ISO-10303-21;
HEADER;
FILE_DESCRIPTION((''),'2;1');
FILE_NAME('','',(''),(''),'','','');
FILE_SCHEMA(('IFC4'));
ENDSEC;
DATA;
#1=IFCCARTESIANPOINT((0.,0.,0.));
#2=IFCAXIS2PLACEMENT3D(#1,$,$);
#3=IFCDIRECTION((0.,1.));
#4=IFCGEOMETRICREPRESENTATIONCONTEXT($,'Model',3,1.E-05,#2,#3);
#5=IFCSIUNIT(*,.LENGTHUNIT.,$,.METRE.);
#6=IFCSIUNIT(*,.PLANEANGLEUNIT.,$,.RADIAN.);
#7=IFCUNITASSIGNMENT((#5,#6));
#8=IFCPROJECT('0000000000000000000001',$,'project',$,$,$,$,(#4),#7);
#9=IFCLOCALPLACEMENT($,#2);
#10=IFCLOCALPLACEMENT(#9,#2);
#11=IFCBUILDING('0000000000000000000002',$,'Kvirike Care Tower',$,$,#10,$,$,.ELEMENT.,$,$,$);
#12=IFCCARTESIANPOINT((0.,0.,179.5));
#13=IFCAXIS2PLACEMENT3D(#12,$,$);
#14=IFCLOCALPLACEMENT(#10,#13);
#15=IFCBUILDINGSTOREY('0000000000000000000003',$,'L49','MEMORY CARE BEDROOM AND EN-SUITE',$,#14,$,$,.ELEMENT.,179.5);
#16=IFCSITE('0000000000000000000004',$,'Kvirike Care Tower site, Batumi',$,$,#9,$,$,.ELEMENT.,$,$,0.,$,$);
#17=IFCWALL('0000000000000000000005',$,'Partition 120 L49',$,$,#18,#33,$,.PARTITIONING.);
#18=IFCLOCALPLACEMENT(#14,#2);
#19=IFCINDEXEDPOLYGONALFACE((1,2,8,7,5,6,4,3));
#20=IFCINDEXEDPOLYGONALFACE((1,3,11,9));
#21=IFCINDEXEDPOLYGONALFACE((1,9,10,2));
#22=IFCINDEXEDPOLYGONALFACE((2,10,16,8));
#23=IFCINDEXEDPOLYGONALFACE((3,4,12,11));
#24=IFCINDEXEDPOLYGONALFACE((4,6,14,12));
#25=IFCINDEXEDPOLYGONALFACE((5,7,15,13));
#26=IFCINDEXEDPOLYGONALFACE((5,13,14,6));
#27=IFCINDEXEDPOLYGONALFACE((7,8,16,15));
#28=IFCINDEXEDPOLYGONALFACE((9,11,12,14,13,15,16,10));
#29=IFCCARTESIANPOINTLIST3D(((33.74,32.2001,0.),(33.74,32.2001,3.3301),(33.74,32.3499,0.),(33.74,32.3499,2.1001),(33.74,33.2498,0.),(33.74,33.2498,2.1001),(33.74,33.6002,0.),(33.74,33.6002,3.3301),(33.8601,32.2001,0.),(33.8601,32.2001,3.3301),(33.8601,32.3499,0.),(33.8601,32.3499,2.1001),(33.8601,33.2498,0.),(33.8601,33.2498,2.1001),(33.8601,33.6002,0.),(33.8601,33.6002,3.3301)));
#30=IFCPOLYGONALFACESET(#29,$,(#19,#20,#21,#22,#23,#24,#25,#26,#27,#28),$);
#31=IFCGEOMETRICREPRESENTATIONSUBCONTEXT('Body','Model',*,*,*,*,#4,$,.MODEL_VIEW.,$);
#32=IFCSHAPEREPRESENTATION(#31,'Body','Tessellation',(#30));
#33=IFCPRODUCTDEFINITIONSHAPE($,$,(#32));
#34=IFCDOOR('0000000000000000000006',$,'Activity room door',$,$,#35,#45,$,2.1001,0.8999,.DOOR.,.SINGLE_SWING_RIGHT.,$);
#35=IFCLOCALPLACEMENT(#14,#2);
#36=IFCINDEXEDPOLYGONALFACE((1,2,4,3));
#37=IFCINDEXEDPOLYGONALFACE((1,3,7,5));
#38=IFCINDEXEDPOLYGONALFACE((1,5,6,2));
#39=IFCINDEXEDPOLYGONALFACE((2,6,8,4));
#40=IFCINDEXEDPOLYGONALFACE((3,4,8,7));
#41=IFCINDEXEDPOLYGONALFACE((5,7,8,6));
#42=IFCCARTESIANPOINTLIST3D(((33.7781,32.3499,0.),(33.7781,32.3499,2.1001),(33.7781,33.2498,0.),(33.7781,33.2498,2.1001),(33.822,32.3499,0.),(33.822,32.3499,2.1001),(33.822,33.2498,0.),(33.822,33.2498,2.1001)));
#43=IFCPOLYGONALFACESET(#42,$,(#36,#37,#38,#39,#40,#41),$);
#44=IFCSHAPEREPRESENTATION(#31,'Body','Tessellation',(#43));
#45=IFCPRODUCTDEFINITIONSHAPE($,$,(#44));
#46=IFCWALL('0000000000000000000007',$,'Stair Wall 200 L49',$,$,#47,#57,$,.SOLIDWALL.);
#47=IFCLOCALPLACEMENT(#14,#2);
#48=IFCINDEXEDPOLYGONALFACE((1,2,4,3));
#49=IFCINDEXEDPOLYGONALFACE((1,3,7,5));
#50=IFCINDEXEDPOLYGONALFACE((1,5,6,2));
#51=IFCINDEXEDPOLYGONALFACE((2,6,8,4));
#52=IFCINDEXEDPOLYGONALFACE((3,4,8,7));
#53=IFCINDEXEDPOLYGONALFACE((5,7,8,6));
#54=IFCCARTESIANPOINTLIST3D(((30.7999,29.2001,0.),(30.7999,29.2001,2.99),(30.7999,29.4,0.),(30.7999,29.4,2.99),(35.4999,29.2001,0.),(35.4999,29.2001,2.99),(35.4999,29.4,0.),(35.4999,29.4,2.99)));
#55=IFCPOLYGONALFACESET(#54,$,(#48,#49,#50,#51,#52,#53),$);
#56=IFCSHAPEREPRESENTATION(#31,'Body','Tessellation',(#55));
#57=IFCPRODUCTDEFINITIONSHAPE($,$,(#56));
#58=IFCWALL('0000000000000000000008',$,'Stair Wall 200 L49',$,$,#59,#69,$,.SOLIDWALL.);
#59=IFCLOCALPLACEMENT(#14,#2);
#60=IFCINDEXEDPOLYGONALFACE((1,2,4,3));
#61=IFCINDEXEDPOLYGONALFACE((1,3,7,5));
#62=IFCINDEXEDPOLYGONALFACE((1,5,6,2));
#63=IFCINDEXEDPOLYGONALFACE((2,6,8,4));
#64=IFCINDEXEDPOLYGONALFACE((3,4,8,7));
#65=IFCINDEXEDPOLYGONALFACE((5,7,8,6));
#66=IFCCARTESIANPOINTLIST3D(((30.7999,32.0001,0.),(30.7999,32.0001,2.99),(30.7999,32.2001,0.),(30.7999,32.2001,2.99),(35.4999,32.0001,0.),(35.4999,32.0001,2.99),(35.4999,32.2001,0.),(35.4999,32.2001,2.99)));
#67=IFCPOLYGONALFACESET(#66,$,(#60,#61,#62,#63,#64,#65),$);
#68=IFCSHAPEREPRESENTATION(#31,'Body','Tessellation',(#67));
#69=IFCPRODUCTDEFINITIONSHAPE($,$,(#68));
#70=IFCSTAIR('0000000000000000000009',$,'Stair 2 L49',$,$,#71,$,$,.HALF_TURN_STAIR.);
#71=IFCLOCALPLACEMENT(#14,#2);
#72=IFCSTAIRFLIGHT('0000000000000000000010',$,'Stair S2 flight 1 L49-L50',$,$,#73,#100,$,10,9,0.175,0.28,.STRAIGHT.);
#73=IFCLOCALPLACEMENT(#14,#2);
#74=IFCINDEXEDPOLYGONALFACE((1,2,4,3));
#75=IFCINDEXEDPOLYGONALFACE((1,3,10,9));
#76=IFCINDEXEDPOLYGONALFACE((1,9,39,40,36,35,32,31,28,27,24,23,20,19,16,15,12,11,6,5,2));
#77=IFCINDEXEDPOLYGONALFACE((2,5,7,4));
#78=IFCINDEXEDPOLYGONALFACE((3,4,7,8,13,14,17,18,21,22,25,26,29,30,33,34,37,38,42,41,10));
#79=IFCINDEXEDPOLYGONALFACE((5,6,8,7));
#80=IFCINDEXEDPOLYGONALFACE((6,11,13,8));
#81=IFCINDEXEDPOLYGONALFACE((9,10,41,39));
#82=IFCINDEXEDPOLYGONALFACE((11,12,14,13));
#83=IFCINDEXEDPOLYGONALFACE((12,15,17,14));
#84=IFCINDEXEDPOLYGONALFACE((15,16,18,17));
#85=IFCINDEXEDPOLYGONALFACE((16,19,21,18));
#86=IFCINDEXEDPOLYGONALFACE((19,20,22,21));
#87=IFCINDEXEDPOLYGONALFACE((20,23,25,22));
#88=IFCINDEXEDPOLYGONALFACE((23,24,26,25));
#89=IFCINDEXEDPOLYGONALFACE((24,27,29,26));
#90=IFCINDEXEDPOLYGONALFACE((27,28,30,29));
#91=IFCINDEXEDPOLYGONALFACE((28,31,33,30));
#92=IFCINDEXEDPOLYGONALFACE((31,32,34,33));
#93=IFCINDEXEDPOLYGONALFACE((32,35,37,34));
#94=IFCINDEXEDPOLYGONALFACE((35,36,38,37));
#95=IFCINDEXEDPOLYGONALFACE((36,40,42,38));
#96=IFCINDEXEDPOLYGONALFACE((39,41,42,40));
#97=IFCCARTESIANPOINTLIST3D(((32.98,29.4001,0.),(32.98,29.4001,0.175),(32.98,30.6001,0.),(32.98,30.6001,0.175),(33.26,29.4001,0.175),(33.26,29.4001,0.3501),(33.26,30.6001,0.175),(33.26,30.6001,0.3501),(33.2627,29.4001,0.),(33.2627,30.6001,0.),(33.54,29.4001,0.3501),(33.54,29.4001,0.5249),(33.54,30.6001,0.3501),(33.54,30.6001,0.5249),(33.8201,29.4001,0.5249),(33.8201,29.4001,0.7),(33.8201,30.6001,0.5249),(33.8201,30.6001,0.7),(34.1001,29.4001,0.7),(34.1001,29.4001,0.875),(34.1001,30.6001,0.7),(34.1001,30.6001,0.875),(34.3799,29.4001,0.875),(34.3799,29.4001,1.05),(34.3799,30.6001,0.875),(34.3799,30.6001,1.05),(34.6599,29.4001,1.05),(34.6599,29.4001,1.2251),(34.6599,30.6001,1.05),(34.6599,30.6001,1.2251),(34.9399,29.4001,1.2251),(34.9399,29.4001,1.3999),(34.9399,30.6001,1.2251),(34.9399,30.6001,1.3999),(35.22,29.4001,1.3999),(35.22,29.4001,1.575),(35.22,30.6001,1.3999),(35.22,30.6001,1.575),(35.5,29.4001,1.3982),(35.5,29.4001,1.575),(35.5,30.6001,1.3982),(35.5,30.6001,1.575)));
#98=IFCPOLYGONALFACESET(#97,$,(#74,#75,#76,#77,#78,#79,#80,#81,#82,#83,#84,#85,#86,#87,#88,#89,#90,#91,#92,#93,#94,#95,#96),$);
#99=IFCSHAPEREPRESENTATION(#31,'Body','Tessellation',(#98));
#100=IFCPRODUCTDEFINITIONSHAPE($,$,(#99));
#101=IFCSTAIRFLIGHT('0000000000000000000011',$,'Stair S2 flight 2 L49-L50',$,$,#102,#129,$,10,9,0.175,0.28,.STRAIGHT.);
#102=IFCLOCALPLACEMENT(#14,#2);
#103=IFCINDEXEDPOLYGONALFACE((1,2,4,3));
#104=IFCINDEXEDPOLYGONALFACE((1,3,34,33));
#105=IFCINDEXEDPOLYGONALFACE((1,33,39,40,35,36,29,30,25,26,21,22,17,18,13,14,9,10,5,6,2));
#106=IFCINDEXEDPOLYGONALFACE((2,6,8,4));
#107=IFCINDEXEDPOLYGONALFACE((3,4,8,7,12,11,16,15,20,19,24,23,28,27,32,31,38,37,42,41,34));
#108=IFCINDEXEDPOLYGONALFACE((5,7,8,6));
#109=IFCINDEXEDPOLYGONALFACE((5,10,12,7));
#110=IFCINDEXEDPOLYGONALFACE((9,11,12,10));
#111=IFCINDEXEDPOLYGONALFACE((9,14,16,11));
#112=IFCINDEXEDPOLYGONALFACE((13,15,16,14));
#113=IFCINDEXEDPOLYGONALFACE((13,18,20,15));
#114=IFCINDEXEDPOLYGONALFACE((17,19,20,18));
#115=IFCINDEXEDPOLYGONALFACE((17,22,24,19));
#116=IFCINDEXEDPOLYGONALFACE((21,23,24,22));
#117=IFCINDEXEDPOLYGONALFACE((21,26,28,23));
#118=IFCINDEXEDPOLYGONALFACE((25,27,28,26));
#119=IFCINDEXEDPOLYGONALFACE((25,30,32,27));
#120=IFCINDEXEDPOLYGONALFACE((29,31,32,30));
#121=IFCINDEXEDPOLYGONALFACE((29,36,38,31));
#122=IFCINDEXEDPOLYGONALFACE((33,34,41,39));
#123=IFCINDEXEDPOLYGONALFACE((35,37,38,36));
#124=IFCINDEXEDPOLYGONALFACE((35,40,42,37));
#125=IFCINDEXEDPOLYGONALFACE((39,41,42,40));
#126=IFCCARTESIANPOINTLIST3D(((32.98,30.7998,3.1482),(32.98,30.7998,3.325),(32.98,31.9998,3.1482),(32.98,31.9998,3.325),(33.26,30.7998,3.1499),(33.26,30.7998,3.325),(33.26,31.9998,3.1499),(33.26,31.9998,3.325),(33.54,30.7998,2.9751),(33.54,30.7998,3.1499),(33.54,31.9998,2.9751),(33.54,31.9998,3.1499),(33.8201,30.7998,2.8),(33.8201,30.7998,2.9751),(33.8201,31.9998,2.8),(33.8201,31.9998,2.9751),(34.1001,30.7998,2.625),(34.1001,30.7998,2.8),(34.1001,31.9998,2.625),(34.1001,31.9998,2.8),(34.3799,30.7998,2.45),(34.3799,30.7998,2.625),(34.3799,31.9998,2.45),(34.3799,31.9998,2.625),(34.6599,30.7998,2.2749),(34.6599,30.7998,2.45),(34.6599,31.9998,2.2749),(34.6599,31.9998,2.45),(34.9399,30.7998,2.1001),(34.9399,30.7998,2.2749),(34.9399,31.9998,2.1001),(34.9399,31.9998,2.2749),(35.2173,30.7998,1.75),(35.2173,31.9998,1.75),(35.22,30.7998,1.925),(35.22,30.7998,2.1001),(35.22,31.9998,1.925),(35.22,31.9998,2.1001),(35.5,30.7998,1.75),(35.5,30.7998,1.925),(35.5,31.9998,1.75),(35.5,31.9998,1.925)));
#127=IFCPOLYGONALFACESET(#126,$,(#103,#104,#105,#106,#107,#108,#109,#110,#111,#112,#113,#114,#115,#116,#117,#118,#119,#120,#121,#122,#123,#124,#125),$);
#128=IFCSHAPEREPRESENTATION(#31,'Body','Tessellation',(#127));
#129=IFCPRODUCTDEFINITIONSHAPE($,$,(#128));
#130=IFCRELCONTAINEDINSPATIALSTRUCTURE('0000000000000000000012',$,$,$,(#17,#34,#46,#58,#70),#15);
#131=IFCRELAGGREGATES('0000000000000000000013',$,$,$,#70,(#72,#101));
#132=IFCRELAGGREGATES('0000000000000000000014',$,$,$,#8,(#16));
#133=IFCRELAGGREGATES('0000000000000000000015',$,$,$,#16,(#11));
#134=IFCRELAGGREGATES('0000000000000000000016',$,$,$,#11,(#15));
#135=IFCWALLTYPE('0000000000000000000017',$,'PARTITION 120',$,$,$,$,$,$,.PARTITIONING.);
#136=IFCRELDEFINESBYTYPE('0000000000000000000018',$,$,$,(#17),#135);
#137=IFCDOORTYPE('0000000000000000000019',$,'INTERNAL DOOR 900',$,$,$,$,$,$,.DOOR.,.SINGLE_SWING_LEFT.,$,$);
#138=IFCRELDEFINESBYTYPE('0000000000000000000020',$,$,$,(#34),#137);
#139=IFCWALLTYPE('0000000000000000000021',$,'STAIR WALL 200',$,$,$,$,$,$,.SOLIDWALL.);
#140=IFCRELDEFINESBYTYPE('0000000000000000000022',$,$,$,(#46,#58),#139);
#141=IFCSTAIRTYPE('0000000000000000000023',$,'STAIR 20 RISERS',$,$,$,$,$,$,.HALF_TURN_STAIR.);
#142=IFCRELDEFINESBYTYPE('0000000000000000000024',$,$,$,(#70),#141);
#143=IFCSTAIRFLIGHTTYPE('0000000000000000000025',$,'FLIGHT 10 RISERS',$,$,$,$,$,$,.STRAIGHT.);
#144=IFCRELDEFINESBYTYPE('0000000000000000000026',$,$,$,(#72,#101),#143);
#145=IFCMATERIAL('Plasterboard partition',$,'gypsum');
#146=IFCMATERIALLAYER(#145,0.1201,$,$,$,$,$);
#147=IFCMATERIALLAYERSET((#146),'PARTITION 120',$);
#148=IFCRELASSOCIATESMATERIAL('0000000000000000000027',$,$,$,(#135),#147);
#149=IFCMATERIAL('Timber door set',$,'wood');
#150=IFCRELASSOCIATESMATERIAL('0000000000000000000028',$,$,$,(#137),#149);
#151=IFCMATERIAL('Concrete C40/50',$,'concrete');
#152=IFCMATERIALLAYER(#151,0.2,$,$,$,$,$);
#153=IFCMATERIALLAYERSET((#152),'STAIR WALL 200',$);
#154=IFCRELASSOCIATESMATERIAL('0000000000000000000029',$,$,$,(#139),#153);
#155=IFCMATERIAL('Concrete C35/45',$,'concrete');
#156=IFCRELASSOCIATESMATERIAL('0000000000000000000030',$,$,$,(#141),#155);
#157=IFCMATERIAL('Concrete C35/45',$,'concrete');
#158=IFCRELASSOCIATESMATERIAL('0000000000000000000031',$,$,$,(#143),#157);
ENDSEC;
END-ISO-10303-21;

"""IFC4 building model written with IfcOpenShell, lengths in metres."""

from ifc_helpers import new_model, si_unit, direction, frame, frame_2d, origin, place, context, subcontext, project, spatial, polyline, rectangle, outline, extrude, material, layer, layer_set, type_object, element, fill, aggregate, save


model = new_model("IFC4")

# Units and contexts
model_context = context("Model", 3, precision=1e-05, world=origin(), true_north=direction((0.0, 1.0)))
body_context = subcontext(model_context, "Body", "Model", "MODEL_VIEW")
ifc_project = project(units=[si_unit("LENGTHUNIT", "METRE"), si_unit("PLANEANGLEUNIT", "RADIAN")], contexts=[model_context])

# Site, building, storey
site_placement = place(None, origin())
site = spatial("IfcSite", under=ifc_project, at=site_placement, Name="Kvirike Care Tower site, Batumi", CompositionType="ELEMENT", RefElevation=0.0)
building_placement = place(site_placement, origin())
building = spatial("IfcBuilding", under=site, at=building_placement, Name="Kvirike Care Tower", CompositionType="ELEMENT")
storey_placement = place(building_placement, frame((0.0, 0.0, 179.5)))
storey = spatial("IfcBuildingStorey", under=building, at=storey_placement, Name="L49", Description="MEMORY CARE BEDROOM AND EN-SUITE", CompositionType="ELEMENT", Elevation=179.5)

# Wall, opening, door
ifc_material_1 = material(Name="Plasterboard partition", Category="gypsum")
ifc_layer_1 = layer(ifc_material_1, 0.1201)
ifc_layer_set_1 = layer_set([ifc_layer_1], Name="PARTITION 120")
wall_type_1 = type_object("IfcWallType", Name="PARTITION 120", PredefinedType="PARTITIONING", material=ifc_layer_set_1)
wall_placement = place(storey_placement, frame((33.8, 32.2, 0.0), z_axis=(0.0, 0.0, 1.0), x_axis=(0.0, 1.0, 0.0)))
wall = element("IfcWall", 1, at=wall_placement, inside=storey, type_object=wall_type_1, Name="Partition 120 L49", PredefinedType="PARTITIONING", context=body_context, shape_type="SweptSolid", body=[
    extrude(rectangle(XDim=1.4001, YDim=0.1201, at=frame_2d((0.7002, 0.0))), origin(), (0.0, 0.0, 1.0), 3.3301),
])
opening_placement = place(wall_placement, frame((0.1499, 0.0, 0.0)))
opening = element("IfcOpeningElement", 2, at=opening_placement, cuts=wall, PredefinedType="OPENING", context=body_context, shape_type="SweptSolid", body=[
    extrude(rectangle(XDim=0.8999, YDim=2.1001, at=frame_2d((0.45, 1.05))), frame((0.0, 0.0706, 0.0), z_axis=(0.0, -1.0, 0.0), x_axis=(1.0, 0.0, 0.0)), (0.0, 0.0, 1.0), 0.1411),
])
ifc_material_2 = material(Name="Timber door set", Category="wood")
door_type = type_object("IfcDoorType", Name="INTERNAL DOOR 900", OperationType="SINGLE_SWING_LEFT", PredefinedType="DOOR", material=ifc_material_2)
door_placement = place(opening_placement, origin())
door = element("IfcDoor", 3, at=door_placement, inside=storey, type_object=door_type, Name="Activity room door", OperationType="SINGLE_SWING_RIGHT", OverallHeight=2.1001, OverallWidth=0.8999, PredefinedType="DOOR", context=body_context, shape_type="SweptSolid", body=[
    extrude(rectangle(XDim=0.8999, YDim=2.1001, at=frame_2d((0.45, 1.05))), frame((0.0, 0.022, 0.0), z_axis=(0.0, -1.0, 0.0), x_axis=(1.0, 0.0, 0.0)), (0.0, 0.0, 1.0), 0.0439),
])
fill(opening, door)

# Walls
ifc_material_3 = material(Name="Concrete C40/50", Category="concrete")
ifc_layer_2 = layer(ifc_material_3, 0.2)
ifc_layer_set_2 = layer_set([ifc_layer_2], Name="STAIR WALL 200")
wall_type_2 = type_object("IfcWallType", Name="STAIR WALL 200", PredefinedType="SOLIDWALL", material=ifc_layer_set_2)
for number, where, z_axis, x_axis, name in (
    (4, (35.5, 29.3, 0.0), (0.0, 0.0, 1.0), (-1.0, 0.0, 0.0), "Stair Wall 200 L49"),
    (5, (35.5, 32.1001, 0.0), (0.0, 0.0, 1.0), (-1.0, 0.0, 0.0), "Stair Wall 200 L49"),
):
    element("IfcWall", number, at=place(storey_placement, frame(where, z_axis=z_axis, x_axis=x_axis)), inside=storey, type_object=wall_type_2, Name=name, PredefinedType="SOLIDWALL", context=body_context, shape_type="SweptSolid", body=[
        extrude(rectangle(XDim=4.7, YDim=0.2, at=frame_2d((2.3501, 0.0))), origin(), (0.0, 0.0, 1.0), 2.99),
    ])

# Stair, stair flights
ifc_material_4 = material(Name="Concrete C35/45", Category="concrete")
stair_type = type_object("IfcStairType", Name="STAIR 20 RISERS", PredefinedType="HALF_TURN_STAIR", material=ifc_material_4)
stair_placement = place(storey_placement, origin())
stair = element("IfcStair", 6, at=stair_placement, inside=storey, type_object=stair_type, Name="Stair 2 L49", PredefinedType="HALF_TURN_STAIR")
ifc_material_5 = material(Name="Concrete C35/45", Category="concrete")
stair_flight_type = type_object("IfcStairFlightType", Name="FLIGHT 10 RISERS", PredefinedType="STRAIGHT", material=ifc_material_5)
stair_flight_1_placement = place(storey_placement, frame((32.98, 30.0, 0.0), z_axis=(0.0, 0.0, 1.0), x_axis=(1.0, 0.0, 0.0)))
stair_flight_1 = element("IfcStairFlight", 7, at=stair_flight_1_placement, type_object=stair_flight_type, Name="Stair S2 flight 1 L49-L50", NumberOfRisers=10, NumberOfTreads=9, PredefinedType="STRAIGHT", RiserHeight=0.175, TreadLength=0.28, context=body_context, shape_type="SweptSolid", body=[
    extrude(outline(polyline([(0.0, 0.0), (0.0, 0.175), (0.28, 0.175), (0.28, 0.3501), (0.5601, 0.3501), (0.5601, 0.5249), (0.8401, 0.5249), (0.8401, 0.7), (1.1201, 0.7), (1.1201, 0.875), (1.3999, 0.875), (1.3999, 1.05), (1.6799, 1.05), (1.6799, 1.2251), (1.96, 1.2251), (1.96, 1.3999), (2.24, 1.3999), (2.24, 1.575), (2.52, 1.575), (2.52, 1.75), (2.52, 1.3982), (0.2827, 0.0), (0.0, 0.0)])), frame((0.0, 0.6001, 0.0), z_axis=(0.0, -1.0, 0.0), x_axis=(1.0, 0.0, 0.0)), (0.0, 0.0, 1.0), 1.2),
])
stair_flight_2_placement = place(storey_placement, frame((35.5, 31.3999, 1.75), z_axis=(0.0, 0.0, 1.0), x_axis=(-1.0, 0.0, 0.0)))
stair_flight_2 = element("IfcStairFlight", 8, at=stair_flight_2_placement, type_object=stair_flight_type, Name="Stair S2 flight 2 L49-L50", NumberOfRisers=10, NumberOfTreads=9, PredefinedType="STRAIGHT", RiserHeight=0.175, TreadLength=0.28, context=body_context, shape_type="SweptSolid", body=[
    extrude(outline(polyline([(0.0, 0.0), (0.0, 0.175), (0.28, 0.175), (0.28, 0.3501), (0.5601, 0.3501), (0.5601, 0.5249), (0.8401, 0.5249), (0.8401, 0.7), (1.1201, 0.7), (1.1201, 0.875), (1.3999, 0.875), (1.3999, 1.05), (1.6799, 1.05), (1.6799, 1.2251), (1.96, 1.2251), (1.96, 1.3999), (2.24, 1.3999), (2.24, 1.575), (2.52, 1.575), (2.52, 1.75), (2.52, 1.3982), (0.2827, 0.0), (0.0, 0.0)])), frame((0.0, 0.6001, 0.0), z_axis=(0.0, -1.0, 0.0), x_axis=(1.0, 0.0, 0.0)), (0.0, 0.0, 1.0), 1.2),
])
aggregate(stair, [stair_flight_1, stair_flight_2])

save(model, "model.ifc")
